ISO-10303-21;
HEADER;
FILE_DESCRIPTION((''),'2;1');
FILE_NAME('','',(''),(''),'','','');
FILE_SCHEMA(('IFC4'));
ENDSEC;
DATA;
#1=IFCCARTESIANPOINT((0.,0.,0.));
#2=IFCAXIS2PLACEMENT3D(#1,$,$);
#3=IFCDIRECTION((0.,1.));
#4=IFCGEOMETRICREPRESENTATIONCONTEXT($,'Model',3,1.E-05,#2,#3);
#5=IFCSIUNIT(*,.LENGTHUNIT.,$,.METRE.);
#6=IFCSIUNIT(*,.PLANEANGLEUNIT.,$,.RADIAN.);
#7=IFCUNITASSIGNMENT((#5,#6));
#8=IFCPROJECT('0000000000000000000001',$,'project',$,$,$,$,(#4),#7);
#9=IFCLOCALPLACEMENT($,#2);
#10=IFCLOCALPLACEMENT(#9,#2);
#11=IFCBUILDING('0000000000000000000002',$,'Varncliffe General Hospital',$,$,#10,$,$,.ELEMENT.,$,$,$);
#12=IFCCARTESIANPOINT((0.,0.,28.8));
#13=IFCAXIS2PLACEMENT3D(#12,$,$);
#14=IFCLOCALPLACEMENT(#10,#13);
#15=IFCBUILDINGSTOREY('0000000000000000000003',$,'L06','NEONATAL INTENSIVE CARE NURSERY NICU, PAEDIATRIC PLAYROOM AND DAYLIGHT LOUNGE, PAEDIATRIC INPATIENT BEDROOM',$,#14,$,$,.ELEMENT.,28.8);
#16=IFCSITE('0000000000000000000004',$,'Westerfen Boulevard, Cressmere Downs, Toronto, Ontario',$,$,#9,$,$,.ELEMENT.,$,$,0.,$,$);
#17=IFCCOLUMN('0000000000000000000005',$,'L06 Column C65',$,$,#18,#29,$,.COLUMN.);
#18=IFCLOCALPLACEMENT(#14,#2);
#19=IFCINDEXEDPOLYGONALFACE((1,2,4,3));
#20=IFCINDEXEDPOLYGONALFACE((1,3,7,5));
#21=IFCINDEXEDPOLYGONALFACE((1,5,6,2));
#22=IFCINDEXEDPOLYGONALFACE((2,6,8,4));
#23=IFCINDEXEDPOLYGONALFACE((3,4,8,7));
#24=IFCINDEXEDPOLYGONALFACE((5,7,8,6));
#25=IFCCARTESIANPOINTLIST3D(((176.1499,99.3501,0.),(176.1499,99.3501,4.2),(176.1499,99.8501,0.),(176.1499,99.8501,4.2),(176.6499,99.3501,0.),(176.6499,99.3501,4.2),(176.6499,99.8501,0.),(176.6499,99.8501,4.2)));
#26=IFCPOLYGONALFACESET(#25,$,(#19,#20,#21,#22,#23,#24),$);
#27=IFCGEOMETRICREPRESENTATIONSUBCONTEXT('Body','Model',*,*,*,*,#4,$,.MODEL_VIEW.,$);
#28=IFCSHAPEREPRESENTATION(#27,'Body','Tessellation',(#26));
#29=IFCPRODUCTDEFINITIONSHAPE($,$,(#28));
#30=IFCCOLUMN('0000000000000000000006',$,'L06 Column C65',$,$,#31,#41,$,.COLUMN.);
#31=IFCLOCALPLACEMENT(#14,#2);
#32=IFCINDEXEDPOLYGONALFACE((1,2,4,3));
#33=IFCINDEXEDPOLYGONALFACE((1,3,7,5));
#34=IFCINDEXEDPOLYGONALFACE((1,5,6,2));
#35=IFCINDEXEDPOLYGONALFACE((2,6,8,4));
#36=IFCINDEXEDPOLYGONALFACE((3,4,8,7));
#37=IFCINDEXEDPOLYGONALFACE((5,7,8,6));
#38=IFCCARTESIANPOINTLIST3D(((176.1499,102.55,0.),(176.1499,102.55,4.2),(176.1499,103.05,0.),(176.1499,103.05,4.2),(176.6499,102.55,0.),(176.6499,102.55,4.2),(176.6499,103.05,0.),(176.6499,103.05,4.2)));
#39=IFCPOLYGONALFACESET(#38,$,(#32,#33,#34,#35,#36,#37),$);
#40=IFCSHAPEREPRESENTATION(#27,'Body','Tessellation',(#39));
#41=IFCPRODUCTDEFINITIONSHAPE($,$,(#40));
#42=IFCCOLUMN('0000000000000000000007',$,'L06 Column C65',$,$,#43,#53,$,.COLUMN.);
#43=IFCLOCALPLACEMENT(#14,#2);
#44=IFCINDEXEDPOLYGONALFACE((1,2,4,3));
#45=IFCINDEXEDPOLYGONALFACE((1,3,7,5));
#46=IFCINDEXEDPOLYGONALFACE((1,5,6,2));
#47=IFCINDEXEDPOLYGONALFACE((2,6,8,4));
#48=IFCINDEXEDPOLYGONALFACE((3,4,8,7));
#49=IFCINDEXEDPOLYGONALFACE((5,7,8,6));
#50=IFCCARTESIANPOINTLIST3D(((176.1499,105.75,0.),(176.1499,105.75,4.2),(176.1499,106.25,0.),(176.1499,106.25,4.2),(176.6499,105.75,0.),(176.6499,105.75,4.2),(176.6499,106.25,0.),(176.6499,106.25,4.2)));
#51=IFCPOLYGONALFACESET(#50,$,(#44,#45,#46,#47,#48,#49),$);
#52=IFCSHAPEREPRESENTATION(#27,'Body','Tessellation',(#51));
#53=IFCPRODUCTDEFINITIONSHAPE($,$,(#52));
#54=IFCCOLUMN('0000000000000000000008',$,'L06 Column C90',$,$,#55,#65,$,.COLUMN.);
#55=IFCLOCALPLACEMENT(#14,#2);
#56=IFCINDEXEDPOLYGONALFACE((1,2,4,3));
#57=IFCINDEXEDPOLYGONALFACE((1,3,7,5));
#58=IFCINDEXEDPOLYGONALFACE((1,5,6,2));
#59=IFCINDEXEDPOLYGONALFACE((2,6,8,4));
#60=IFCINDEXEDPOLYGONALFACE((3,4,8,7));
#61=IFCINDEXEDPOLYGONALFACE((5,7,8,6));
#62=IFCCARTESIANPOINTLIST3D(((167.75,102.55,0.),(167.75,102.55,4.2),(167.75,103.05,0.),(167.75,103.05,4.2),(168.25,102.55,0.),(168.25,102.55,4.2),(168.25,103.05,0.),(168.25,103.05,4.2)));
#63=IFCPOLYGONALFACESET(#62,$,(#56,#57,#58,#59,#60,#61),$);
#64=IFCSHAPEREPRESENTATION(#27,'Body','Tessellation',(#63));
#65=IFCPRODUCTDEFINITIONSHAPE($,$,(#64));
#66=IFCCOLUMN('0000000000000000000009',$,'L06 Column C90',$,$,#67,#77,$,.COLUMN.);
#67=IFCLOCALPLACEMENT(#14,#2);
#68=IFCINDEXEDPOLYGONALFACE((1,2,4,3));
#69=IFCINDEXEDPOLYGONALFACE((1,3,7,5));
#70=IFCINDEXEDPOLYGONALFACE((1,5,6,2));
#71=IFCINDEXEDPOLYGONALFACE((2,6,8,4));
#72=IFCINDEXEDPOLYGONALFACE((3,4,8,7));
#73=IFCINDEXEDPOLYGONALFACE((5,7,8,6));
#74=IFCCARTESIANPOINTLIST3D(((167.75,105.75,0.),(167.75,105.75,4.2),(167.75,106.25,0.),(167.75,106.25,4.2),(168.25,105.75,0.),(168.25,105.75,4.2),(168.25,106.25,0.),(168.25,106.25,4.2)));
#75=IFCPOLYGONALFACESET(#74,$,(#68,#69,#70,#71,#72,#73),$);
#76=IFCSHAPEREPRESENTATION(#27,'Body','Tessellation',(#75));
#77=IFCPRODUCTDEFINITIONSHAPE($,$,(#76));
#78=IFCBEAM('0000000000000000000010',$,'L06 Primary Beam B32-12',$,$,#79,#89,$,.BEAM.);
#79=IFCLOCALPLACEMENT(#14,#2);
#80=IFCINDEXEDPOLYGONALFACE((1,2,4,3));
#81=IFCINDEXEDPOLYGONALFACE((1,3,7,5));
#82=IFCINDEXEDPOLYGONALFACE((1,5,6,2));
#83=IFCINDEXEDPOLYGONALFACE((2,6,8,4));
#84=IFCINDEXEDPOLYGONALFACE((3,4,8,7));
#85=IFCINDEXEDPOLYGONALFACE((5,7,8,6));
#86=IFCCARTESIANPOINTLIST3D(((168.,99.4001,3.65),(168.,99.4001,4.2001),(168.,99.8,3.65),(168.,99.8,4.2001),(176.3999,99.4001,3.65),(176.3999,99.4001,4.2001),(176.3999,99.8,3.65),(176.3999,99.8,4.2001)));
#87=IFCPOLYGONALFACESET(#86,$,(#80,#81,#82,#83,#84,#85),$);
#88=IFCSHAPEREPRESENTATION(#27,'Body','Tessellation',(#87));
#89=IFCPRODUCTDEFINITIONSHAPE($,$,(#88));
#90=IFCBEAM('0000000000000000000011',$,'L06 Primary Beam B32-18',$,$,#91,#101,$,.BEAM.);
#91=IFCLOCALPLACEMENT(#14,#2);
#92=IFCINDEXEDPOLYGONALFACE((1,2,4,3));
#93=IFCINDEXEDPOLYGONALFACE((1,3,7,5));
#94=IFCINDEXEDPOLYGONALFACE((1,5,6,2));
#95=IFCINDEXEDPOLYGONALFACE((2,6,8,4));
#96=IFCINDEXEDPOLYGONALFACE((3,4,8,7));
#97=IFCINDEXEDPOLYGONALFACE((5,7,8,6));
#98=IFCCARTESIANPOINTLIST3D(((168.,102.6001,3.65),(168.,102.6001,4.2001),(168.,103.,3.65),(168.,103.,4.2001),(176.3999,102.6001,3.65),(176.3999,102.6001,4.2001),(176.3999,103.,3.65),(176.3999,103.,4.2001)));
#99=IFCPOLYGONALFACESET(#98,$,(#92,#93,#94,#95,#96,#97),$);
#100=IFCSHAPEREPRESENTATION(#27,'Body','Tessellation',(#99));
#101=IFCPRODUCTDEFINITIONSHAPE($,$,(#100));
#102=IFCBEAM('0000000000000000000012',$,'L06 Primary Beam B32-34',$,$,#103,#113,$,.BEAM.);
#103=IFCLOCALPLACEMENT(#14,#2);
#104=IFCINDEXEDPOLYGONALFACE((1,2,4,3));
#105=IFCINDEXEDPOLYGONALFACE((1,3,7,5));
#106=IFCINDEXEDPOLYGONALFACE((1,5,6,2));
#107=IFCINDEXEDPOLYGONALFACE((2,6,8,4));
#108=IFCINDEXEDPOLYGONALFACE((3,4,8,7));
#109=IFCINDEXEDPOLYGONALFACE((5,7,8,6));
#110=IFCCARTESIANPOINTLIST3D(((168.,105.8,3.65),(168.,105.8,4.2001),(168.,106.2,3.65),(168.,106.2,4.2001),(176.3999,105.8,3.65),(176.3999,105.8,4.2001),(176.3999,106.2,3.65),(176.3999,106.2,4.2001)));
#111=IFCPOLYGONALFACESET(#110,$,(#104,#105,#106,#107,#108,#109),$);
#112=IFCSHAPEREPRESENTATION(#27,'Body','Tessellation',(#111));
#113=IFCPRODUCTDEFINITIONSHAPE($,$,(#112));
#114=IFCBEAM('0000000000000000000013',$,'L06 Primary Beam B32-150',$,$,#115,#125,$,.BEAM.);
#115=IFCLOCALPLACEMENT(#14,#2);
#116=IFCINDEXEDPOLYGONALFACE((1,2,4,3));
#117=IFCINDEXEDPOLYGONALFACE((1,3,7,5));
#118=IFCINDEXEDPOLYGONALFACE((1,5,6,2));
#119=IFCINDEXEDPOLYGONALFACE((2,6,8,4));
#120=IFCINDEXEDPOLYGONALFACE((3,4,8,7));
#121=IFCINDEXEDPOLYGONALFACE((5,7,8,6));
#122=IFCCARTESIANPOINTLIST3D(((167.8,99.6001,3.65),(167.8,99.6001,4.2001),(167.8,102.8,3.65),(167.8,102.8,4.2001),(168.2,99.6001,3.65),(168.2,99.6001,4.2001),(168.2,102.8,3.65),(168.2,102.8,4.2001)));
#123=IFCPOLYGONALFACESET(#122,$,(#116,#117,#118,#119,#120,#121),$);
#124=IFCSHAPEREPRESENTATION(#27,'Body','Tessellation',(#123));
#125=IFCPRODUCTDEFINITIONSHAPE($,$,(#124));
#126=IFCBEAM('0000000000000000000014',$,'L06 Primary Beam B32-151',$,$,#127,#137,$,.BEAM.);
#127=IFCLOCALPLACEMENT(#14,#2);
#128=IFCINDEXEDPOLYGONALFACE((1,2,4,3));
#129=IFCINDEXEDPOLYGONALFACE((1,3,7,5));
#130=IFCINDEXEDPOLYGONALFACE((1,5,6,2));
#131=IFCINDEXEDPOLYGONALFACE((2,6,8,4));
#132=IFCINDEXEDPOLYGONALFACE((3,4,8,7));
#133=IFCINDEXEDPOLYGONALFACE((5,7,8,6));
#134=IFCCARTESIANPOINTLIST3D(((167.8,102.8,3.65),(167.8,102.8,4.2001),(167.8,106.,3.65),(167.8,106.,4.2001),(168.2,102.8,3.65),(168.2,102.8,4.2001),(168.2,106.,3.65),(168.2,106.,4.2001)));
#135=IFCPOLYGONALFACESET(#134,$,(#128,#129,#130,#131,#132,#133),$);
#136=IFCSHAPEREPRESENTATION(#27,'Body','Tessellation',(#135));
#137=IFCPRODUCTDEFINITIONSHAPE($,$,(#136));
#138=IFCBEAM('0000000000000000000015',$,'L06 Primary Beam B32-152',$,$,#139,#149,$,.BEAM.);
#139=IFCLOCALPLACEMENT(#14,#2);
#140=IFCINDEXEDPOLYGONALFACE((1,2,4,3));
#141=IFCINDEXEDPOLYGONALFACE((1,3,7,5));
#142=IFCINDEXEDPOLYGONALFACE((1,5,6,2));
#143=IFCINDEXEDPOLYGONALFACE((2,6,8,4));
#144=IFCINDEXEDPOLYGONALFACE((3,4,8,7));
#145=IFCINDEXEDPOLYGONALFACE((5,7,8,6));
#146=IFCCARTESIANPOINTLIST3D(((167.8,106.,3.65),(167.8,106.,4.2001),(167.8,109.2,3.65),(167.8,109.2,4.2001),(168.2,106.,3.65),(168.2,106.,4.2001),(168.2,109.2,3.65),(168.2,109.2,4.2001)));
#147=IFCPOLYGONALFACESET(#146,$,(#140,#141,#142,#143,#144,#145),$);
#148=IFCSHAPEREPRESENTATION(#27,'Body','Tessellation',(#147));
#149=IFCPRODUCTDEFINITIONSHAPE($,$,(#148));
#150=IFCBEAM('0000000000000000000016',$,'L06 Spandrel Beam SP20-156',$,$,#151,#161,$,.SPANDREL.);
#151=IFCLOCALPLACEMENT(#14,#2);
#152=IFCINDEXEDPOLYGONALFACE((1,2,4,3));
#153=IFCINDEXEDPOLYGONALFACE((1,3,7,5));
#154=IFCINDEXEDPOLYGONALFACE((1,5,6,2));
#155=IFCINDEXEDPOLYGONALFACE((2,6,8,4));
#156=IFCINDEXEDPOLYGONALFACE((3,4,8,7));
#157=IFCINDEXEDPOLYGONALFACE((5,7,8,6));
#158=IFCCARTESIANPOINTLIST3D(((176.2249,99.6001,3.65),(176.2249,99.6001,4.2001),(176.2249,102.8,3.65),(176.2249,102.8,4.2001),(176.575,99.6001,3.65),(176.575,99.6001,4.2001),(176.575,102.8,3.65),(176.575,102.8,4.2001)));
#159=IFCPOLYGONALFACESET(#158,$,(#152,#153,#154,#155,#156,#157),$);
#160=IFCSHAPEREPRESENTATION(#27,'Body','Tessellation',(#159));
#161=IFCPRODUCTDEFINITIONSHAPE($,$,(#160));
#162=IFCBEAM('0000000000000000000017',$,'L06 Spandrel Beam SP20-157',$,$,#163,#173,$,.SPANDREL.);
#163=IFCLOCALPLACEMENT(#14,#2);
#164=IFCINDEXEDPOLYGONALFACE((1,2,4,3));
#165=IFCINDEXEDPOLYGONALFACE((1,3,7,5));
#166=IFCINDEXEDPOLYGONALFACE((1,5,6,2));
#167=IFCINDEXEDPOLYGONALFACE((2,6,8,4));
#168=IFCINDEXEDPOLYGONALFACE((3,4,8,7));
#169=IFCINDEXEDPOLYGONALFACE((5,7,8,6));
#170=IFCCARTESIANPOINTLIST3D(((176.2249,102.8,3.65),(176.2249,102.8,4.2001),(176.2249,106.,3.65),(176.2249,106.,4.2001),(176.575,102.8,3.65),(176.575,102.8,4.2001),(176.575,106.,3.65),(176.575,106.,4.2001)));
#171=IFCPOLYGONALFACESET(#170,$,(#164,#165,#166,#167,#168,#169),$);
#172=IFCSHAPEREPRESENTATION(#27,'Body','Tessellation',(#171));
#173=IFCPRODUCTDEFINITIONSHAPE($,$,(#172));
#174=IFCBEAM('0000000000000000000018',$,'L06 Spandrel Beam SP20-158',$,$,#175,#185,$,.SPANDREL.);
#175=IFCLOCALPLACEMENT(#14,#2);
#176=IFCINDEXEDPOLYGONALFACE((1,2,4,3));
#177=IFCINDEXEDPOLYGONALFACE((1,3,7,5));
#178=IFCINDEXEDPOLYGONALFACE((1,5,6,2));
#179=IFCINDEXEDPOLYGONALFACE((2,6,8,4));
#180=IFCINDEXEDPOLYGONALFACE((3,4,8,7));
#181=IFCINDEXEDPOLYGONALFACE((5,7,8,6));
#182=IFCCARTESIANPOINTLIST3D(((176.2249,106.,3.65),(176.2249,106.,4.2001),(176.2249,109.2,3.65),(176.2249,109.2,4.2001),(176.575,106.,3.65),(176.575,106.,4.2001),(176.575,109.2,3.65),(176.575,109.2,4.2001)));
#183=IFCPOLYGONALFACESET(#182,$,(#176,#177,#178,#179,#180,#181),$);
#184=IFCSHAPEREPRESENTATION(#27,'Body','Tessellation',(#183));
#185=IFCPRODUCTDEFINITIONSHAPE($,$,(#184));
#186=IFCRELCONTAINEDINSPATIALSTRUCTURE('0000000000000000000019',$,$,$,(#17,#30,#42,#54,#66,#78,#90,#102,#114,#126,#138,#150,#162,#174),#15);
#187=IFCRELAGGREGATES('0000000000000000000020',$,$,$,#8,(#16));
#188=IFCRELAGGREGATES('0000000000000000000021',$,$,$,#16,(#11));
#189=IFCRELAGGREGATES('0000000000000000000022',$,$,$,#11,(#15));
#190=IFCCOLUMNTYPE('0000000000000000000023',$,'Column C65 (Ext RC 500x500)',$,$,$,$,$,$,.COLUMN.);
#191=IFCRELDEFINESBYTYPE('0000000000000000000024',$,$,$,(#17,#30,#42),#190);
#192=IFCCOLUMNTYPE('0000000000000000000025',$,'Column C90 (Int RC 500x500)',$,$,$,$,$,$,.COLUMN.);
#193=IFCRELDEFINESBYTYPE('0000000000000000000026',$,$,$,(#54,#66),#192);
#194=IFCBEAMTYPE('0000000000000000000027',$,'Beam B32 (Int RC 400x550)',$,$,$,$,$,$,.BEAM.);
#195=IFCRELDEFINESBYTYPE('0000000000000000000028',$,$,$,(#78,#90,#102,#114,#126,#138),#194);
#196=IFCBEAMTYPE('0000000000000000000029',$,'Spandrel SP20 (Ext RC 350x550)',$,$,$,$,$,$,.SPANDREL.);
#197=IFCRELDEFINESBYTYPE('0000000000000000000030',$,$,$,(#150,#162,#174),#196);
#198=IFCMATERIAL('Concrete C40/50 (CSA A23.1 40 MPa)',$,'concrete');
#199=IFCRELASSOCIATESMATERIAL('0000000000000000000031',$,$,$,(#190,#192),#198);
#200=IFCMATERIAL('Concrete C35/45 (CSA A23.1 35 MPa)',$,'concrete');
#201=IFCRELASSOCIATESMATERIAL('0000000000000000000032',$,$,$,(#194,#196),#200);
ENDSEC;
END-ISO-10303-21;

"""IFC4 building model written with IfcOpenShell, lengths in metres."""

from ifc_helpers import new_model, si_unit, direction, frame, origin, origin_2d, place, context, subcontext, project, spatial, rectangle, extrude, material, material_profile, profile_set, type_object, element, save


model = new_model("IFC4")

# Units and contexts
model_context = context("Model", 3, precision=1e-05, world=origin(), true_north=direction((0.0, 1.0)))
body_context = subcontext(model_context, "Body", "Model", "MODEL_VIEW")
ifc_project = project(units=[si_unit("LENGTHUNIT", "METRE"), si_unit("PLANEANGLEUNIT", "RADIAN")], contexts=[model_context])

# Site, building, storey
site_placement = place(None, origin())
site = spatial("IfcSite", under=ifc_project, at=site_placement, Name="Westerfen Boulevard, Cressmere Downs, Toronto, Ontario", CompositionType="ELEMENT", RefElevation=0.0)
building_placement = place(site_placement, origin())
building = spatial("IfcBuilding", under=site, at=building_placement, Name="Varncliffe General Hospital", CompositionType="ELEMENT")
storey_placement = place(building_placement, frame((0.0, 0.0, 28.8)))
storey = spatial("IfcBuildingStorey", under=building, at=storey_placement, Name="L06", Description="NEONATAL INTENSIVE CARE NURSERY NICU, PAEDIATRIC PLAYROOM AND DAYLIGHT LOUNGE, PAEDIATRIC INPATIENT BEDROOM", CompositionType="ELEMENT", Elevation=28.8)

# Columns
ifc_material_1 = material(Name="Concrete C40/50 (CSA A23.1 40 MPa)", Category="concrete")
ifc_material_profile_1 = material_profile(ifc_material_1, rectangle(XDim=0.5, YDim=0.5, at=origin_2d()), Name="RC 500x500")
ifc_profile_set_1 = profile_set([ifc_material_profile_1], Name="Concrete C40/50 (CSA A23.1 40 MPa)")
column_type_1 = type_object("IfcColumnType", Name="Column C65 (Ext RC 500x500)", PredefinedType="COLUMN", material=ifc_profile_set_1)
for number, where, z_axis, x_axis, name in (
    (1, (176.3999, 99.6001, 0.0), (0.0, 0.0, 1.0), (1.0, 0.0, 0.0), "L06 Column C65"),
    (2, (176.3999, 102.8, 0.0), (0.0, 0.0, 1.0), (1.0, 0.0, 0.0), "L06 Column C65"),
    (3, (176.3999, 106.0, 0.0), (0.0, 0.0, 1.0), (1.0, 0.0, 0.0), "L06 Column C65"),
):
    element("IfcColumn", number, at=place(storey_placement, frame(where, z_axis=z_axis, x_axis=x_axis)), inside=storey, type_object=column_type_1, Name=name, PredefinedType="COLUMN", context=body_context, shape_type="SweptSolid", body=[
        extrude(rectangle(XDim=0.5, YDim=0.5, at=origin_2d()), origin(), (0.0, 0.0, 1.0), 4.2),
    ])
ifc_material_profile_2 = material_profile(ifc_material_1, rectangle(XDim=0.5, YDim=0.5, at=origin_2d()), Name="RC 500x500")
ifc_profile_set_2 = profile_set([ifc_material_profile_2], Name="Concrete C40/50 (CSA A23.1 40 MPa)")
column_type_2 = type_object("IfcColumnType", Name="Column C90 (Int RC 500x500)", PredefinedType="COLUMN", material=ifc_profile_set_2)
for number, where, z_axis, x_axis, name in (
    (4, (168.0, 102.8, 0.0), (0.0, 0.0, 1.0), (1.0, 0.0, 0.0), "L06 Column C90"),
    (5, (168.0, 106.0, 0.0), (0.0, 0.0, 1.0), (1.0, 0.0, 0.0), "L06 Column C90"),
):
    element("IfcColumn", number, at=place(storey_placement, frame(where, z_axis=z_axis, x_axis=x_axis)), inside=storey, type_object=column_type_2, Name=name, PredefinedType="COLUMN", context=body_context, shape_type="SweptSolid", body=[
        extrude(rectangle(XDim=0.5, YDim=0.5, at=origin_2d()), origin(), (0.0, 0.0, 1.0), 4.2),
    ])

# Beams
ifc_material_2 = material(Name="Concrete C35/45 (CSA A23.1 35 MPa)", Category="concrete")
ifc_material_profile_3 = material_profile(ifc_material_2, rectangle(XDim=0.3999, YDim=0.55, at=origin_2d()), Name="RC 400x550")
ifc_profile_set_3 = profile_set([ifc_material_profile_3], Name="Concrete C35/45 (CSA A23.1 35 MPa)")
beam_type_1 = type_object("IfcBeamType", Name="Beam B32 (Int RC 400x550)", PredefinedType="BEAM", material=ifc_profile_set_3)
for number, where, z_axis, x_axis, name in (
    (6, (168.0, 99.6001, 3.925), (1.0, 0.0, 0.0), (0.0, 1.0, 0.0), "L06 Primary Beam B32-12"),
    (7, (168.0, 102.8, 3.925), (1.0, 0.0, 0.0), (0.0, 1.0, 0.0), "L06 Primary Beam B32-18"),
    (8, (168.0, 106.0, 3.925), (1.0, 0.0, 0.0), (0.0, 1.0, 0.0), "L06 Primary Beam B32-34"),
):
    element("IfcBeam", number, at=place(storey_placement, frame(where, z_axis=z_axis, x_axis=x_axis)), inside=storey, type_object=beam_type_1, Name=name, PredefinedType="BEAM", context=body_context, shape_type="SweptSolid", body=[
        extrude(rectangle(XDim=0.3999, YDim=0.55, at=origin_2d()), origin(), (0.0, 0.0, 1.0), 8.3999),
    ])
for number, where, z_axis, x_axis, name in (
    (9, (168.0, 99.6001, 3.925), (0.0, 1.0, 0.0), (-1.0, 0.0, 0.0), "L06 Primary Beam B32-150"),
    (10, (168.0, 102.8, 3.925), (0.0, 1.0, 0.0), (-1.0, 0.0, 0.0), "L06 Primary Beam B32-151"),
    (11, (168.0, 106.0, 3.925), (0.0, 1.0, 0.0), (-1.0, 0.0, 0.0), "L06 Primary Beam B32-152"),
):
    element("IfcBeam", number, at=place(storey_placement, frame(where, z_axis=z_axis, x_axis=x_axis)), inside=storey, type_object=beam_type_1, Name=name, PredefinedType="BEAM", context=body_context, shape_type="SweptSolid", body=[
        extrude(rectangle(XDim=0.3999, YDim=0.55, at=origin_2d()), origin(), (0.0, 0.0, 1.0), 3.2),
    ])
ifc_material_profile_4 = material_profile(ifc_material_2, rectangle(XDim=0.3501, YDim=0.55, at=origin_2d()), Name="RC 350x550")
ifc_profile_set_4 = profile_set([ifc_material_profile_4], Name="Concrete C35/45 (CSA A23.1 35 MPa)")
beam_type_2 = type_object("IfcBeamType", Name="Spandrel SP20 (Ext RC 350x550)", PredefinedType="SPANDREL", material=ifc_profile_set_4)
for number, where, z_axis, x_axis, name in (
    (12, (176.3999, 99.6001, 3.925), (0.0, 1.0, 0.0), (-1.0, 0.0, 0.0), "L06 Spandrel Beam SP20-156"),
    (13, (176.3999, 102.8, 3.925), (0.0, 1.0, 0.0), (-1.0, 0.0, 0.0), "L06 Spandrel Beam SP20-157"),
    (14, (176.3999, 106.0, 3.925), (0.0, 1.0, 0.0), (-1.0, 0.0, 0.0), "L06 Spandrel Beam SP20-158"),
):
    element("IfcBeam", number, at=place(storey_placement, frame(where, z_axis=z_axis, x_axis=x_axis)), inside=storey, type_object=beam_type_2, Name=name, PredefinedType="SPANDREL", context=body_context, shape_type="SweptSolid", body=[
        extrude(rectangle(XDim=0.3501, YDim=0.55, at=origin_2d()), origin(), (0.0, 0.0, 1.0), 3.2),
    ])

save(model, "model.ifc")
